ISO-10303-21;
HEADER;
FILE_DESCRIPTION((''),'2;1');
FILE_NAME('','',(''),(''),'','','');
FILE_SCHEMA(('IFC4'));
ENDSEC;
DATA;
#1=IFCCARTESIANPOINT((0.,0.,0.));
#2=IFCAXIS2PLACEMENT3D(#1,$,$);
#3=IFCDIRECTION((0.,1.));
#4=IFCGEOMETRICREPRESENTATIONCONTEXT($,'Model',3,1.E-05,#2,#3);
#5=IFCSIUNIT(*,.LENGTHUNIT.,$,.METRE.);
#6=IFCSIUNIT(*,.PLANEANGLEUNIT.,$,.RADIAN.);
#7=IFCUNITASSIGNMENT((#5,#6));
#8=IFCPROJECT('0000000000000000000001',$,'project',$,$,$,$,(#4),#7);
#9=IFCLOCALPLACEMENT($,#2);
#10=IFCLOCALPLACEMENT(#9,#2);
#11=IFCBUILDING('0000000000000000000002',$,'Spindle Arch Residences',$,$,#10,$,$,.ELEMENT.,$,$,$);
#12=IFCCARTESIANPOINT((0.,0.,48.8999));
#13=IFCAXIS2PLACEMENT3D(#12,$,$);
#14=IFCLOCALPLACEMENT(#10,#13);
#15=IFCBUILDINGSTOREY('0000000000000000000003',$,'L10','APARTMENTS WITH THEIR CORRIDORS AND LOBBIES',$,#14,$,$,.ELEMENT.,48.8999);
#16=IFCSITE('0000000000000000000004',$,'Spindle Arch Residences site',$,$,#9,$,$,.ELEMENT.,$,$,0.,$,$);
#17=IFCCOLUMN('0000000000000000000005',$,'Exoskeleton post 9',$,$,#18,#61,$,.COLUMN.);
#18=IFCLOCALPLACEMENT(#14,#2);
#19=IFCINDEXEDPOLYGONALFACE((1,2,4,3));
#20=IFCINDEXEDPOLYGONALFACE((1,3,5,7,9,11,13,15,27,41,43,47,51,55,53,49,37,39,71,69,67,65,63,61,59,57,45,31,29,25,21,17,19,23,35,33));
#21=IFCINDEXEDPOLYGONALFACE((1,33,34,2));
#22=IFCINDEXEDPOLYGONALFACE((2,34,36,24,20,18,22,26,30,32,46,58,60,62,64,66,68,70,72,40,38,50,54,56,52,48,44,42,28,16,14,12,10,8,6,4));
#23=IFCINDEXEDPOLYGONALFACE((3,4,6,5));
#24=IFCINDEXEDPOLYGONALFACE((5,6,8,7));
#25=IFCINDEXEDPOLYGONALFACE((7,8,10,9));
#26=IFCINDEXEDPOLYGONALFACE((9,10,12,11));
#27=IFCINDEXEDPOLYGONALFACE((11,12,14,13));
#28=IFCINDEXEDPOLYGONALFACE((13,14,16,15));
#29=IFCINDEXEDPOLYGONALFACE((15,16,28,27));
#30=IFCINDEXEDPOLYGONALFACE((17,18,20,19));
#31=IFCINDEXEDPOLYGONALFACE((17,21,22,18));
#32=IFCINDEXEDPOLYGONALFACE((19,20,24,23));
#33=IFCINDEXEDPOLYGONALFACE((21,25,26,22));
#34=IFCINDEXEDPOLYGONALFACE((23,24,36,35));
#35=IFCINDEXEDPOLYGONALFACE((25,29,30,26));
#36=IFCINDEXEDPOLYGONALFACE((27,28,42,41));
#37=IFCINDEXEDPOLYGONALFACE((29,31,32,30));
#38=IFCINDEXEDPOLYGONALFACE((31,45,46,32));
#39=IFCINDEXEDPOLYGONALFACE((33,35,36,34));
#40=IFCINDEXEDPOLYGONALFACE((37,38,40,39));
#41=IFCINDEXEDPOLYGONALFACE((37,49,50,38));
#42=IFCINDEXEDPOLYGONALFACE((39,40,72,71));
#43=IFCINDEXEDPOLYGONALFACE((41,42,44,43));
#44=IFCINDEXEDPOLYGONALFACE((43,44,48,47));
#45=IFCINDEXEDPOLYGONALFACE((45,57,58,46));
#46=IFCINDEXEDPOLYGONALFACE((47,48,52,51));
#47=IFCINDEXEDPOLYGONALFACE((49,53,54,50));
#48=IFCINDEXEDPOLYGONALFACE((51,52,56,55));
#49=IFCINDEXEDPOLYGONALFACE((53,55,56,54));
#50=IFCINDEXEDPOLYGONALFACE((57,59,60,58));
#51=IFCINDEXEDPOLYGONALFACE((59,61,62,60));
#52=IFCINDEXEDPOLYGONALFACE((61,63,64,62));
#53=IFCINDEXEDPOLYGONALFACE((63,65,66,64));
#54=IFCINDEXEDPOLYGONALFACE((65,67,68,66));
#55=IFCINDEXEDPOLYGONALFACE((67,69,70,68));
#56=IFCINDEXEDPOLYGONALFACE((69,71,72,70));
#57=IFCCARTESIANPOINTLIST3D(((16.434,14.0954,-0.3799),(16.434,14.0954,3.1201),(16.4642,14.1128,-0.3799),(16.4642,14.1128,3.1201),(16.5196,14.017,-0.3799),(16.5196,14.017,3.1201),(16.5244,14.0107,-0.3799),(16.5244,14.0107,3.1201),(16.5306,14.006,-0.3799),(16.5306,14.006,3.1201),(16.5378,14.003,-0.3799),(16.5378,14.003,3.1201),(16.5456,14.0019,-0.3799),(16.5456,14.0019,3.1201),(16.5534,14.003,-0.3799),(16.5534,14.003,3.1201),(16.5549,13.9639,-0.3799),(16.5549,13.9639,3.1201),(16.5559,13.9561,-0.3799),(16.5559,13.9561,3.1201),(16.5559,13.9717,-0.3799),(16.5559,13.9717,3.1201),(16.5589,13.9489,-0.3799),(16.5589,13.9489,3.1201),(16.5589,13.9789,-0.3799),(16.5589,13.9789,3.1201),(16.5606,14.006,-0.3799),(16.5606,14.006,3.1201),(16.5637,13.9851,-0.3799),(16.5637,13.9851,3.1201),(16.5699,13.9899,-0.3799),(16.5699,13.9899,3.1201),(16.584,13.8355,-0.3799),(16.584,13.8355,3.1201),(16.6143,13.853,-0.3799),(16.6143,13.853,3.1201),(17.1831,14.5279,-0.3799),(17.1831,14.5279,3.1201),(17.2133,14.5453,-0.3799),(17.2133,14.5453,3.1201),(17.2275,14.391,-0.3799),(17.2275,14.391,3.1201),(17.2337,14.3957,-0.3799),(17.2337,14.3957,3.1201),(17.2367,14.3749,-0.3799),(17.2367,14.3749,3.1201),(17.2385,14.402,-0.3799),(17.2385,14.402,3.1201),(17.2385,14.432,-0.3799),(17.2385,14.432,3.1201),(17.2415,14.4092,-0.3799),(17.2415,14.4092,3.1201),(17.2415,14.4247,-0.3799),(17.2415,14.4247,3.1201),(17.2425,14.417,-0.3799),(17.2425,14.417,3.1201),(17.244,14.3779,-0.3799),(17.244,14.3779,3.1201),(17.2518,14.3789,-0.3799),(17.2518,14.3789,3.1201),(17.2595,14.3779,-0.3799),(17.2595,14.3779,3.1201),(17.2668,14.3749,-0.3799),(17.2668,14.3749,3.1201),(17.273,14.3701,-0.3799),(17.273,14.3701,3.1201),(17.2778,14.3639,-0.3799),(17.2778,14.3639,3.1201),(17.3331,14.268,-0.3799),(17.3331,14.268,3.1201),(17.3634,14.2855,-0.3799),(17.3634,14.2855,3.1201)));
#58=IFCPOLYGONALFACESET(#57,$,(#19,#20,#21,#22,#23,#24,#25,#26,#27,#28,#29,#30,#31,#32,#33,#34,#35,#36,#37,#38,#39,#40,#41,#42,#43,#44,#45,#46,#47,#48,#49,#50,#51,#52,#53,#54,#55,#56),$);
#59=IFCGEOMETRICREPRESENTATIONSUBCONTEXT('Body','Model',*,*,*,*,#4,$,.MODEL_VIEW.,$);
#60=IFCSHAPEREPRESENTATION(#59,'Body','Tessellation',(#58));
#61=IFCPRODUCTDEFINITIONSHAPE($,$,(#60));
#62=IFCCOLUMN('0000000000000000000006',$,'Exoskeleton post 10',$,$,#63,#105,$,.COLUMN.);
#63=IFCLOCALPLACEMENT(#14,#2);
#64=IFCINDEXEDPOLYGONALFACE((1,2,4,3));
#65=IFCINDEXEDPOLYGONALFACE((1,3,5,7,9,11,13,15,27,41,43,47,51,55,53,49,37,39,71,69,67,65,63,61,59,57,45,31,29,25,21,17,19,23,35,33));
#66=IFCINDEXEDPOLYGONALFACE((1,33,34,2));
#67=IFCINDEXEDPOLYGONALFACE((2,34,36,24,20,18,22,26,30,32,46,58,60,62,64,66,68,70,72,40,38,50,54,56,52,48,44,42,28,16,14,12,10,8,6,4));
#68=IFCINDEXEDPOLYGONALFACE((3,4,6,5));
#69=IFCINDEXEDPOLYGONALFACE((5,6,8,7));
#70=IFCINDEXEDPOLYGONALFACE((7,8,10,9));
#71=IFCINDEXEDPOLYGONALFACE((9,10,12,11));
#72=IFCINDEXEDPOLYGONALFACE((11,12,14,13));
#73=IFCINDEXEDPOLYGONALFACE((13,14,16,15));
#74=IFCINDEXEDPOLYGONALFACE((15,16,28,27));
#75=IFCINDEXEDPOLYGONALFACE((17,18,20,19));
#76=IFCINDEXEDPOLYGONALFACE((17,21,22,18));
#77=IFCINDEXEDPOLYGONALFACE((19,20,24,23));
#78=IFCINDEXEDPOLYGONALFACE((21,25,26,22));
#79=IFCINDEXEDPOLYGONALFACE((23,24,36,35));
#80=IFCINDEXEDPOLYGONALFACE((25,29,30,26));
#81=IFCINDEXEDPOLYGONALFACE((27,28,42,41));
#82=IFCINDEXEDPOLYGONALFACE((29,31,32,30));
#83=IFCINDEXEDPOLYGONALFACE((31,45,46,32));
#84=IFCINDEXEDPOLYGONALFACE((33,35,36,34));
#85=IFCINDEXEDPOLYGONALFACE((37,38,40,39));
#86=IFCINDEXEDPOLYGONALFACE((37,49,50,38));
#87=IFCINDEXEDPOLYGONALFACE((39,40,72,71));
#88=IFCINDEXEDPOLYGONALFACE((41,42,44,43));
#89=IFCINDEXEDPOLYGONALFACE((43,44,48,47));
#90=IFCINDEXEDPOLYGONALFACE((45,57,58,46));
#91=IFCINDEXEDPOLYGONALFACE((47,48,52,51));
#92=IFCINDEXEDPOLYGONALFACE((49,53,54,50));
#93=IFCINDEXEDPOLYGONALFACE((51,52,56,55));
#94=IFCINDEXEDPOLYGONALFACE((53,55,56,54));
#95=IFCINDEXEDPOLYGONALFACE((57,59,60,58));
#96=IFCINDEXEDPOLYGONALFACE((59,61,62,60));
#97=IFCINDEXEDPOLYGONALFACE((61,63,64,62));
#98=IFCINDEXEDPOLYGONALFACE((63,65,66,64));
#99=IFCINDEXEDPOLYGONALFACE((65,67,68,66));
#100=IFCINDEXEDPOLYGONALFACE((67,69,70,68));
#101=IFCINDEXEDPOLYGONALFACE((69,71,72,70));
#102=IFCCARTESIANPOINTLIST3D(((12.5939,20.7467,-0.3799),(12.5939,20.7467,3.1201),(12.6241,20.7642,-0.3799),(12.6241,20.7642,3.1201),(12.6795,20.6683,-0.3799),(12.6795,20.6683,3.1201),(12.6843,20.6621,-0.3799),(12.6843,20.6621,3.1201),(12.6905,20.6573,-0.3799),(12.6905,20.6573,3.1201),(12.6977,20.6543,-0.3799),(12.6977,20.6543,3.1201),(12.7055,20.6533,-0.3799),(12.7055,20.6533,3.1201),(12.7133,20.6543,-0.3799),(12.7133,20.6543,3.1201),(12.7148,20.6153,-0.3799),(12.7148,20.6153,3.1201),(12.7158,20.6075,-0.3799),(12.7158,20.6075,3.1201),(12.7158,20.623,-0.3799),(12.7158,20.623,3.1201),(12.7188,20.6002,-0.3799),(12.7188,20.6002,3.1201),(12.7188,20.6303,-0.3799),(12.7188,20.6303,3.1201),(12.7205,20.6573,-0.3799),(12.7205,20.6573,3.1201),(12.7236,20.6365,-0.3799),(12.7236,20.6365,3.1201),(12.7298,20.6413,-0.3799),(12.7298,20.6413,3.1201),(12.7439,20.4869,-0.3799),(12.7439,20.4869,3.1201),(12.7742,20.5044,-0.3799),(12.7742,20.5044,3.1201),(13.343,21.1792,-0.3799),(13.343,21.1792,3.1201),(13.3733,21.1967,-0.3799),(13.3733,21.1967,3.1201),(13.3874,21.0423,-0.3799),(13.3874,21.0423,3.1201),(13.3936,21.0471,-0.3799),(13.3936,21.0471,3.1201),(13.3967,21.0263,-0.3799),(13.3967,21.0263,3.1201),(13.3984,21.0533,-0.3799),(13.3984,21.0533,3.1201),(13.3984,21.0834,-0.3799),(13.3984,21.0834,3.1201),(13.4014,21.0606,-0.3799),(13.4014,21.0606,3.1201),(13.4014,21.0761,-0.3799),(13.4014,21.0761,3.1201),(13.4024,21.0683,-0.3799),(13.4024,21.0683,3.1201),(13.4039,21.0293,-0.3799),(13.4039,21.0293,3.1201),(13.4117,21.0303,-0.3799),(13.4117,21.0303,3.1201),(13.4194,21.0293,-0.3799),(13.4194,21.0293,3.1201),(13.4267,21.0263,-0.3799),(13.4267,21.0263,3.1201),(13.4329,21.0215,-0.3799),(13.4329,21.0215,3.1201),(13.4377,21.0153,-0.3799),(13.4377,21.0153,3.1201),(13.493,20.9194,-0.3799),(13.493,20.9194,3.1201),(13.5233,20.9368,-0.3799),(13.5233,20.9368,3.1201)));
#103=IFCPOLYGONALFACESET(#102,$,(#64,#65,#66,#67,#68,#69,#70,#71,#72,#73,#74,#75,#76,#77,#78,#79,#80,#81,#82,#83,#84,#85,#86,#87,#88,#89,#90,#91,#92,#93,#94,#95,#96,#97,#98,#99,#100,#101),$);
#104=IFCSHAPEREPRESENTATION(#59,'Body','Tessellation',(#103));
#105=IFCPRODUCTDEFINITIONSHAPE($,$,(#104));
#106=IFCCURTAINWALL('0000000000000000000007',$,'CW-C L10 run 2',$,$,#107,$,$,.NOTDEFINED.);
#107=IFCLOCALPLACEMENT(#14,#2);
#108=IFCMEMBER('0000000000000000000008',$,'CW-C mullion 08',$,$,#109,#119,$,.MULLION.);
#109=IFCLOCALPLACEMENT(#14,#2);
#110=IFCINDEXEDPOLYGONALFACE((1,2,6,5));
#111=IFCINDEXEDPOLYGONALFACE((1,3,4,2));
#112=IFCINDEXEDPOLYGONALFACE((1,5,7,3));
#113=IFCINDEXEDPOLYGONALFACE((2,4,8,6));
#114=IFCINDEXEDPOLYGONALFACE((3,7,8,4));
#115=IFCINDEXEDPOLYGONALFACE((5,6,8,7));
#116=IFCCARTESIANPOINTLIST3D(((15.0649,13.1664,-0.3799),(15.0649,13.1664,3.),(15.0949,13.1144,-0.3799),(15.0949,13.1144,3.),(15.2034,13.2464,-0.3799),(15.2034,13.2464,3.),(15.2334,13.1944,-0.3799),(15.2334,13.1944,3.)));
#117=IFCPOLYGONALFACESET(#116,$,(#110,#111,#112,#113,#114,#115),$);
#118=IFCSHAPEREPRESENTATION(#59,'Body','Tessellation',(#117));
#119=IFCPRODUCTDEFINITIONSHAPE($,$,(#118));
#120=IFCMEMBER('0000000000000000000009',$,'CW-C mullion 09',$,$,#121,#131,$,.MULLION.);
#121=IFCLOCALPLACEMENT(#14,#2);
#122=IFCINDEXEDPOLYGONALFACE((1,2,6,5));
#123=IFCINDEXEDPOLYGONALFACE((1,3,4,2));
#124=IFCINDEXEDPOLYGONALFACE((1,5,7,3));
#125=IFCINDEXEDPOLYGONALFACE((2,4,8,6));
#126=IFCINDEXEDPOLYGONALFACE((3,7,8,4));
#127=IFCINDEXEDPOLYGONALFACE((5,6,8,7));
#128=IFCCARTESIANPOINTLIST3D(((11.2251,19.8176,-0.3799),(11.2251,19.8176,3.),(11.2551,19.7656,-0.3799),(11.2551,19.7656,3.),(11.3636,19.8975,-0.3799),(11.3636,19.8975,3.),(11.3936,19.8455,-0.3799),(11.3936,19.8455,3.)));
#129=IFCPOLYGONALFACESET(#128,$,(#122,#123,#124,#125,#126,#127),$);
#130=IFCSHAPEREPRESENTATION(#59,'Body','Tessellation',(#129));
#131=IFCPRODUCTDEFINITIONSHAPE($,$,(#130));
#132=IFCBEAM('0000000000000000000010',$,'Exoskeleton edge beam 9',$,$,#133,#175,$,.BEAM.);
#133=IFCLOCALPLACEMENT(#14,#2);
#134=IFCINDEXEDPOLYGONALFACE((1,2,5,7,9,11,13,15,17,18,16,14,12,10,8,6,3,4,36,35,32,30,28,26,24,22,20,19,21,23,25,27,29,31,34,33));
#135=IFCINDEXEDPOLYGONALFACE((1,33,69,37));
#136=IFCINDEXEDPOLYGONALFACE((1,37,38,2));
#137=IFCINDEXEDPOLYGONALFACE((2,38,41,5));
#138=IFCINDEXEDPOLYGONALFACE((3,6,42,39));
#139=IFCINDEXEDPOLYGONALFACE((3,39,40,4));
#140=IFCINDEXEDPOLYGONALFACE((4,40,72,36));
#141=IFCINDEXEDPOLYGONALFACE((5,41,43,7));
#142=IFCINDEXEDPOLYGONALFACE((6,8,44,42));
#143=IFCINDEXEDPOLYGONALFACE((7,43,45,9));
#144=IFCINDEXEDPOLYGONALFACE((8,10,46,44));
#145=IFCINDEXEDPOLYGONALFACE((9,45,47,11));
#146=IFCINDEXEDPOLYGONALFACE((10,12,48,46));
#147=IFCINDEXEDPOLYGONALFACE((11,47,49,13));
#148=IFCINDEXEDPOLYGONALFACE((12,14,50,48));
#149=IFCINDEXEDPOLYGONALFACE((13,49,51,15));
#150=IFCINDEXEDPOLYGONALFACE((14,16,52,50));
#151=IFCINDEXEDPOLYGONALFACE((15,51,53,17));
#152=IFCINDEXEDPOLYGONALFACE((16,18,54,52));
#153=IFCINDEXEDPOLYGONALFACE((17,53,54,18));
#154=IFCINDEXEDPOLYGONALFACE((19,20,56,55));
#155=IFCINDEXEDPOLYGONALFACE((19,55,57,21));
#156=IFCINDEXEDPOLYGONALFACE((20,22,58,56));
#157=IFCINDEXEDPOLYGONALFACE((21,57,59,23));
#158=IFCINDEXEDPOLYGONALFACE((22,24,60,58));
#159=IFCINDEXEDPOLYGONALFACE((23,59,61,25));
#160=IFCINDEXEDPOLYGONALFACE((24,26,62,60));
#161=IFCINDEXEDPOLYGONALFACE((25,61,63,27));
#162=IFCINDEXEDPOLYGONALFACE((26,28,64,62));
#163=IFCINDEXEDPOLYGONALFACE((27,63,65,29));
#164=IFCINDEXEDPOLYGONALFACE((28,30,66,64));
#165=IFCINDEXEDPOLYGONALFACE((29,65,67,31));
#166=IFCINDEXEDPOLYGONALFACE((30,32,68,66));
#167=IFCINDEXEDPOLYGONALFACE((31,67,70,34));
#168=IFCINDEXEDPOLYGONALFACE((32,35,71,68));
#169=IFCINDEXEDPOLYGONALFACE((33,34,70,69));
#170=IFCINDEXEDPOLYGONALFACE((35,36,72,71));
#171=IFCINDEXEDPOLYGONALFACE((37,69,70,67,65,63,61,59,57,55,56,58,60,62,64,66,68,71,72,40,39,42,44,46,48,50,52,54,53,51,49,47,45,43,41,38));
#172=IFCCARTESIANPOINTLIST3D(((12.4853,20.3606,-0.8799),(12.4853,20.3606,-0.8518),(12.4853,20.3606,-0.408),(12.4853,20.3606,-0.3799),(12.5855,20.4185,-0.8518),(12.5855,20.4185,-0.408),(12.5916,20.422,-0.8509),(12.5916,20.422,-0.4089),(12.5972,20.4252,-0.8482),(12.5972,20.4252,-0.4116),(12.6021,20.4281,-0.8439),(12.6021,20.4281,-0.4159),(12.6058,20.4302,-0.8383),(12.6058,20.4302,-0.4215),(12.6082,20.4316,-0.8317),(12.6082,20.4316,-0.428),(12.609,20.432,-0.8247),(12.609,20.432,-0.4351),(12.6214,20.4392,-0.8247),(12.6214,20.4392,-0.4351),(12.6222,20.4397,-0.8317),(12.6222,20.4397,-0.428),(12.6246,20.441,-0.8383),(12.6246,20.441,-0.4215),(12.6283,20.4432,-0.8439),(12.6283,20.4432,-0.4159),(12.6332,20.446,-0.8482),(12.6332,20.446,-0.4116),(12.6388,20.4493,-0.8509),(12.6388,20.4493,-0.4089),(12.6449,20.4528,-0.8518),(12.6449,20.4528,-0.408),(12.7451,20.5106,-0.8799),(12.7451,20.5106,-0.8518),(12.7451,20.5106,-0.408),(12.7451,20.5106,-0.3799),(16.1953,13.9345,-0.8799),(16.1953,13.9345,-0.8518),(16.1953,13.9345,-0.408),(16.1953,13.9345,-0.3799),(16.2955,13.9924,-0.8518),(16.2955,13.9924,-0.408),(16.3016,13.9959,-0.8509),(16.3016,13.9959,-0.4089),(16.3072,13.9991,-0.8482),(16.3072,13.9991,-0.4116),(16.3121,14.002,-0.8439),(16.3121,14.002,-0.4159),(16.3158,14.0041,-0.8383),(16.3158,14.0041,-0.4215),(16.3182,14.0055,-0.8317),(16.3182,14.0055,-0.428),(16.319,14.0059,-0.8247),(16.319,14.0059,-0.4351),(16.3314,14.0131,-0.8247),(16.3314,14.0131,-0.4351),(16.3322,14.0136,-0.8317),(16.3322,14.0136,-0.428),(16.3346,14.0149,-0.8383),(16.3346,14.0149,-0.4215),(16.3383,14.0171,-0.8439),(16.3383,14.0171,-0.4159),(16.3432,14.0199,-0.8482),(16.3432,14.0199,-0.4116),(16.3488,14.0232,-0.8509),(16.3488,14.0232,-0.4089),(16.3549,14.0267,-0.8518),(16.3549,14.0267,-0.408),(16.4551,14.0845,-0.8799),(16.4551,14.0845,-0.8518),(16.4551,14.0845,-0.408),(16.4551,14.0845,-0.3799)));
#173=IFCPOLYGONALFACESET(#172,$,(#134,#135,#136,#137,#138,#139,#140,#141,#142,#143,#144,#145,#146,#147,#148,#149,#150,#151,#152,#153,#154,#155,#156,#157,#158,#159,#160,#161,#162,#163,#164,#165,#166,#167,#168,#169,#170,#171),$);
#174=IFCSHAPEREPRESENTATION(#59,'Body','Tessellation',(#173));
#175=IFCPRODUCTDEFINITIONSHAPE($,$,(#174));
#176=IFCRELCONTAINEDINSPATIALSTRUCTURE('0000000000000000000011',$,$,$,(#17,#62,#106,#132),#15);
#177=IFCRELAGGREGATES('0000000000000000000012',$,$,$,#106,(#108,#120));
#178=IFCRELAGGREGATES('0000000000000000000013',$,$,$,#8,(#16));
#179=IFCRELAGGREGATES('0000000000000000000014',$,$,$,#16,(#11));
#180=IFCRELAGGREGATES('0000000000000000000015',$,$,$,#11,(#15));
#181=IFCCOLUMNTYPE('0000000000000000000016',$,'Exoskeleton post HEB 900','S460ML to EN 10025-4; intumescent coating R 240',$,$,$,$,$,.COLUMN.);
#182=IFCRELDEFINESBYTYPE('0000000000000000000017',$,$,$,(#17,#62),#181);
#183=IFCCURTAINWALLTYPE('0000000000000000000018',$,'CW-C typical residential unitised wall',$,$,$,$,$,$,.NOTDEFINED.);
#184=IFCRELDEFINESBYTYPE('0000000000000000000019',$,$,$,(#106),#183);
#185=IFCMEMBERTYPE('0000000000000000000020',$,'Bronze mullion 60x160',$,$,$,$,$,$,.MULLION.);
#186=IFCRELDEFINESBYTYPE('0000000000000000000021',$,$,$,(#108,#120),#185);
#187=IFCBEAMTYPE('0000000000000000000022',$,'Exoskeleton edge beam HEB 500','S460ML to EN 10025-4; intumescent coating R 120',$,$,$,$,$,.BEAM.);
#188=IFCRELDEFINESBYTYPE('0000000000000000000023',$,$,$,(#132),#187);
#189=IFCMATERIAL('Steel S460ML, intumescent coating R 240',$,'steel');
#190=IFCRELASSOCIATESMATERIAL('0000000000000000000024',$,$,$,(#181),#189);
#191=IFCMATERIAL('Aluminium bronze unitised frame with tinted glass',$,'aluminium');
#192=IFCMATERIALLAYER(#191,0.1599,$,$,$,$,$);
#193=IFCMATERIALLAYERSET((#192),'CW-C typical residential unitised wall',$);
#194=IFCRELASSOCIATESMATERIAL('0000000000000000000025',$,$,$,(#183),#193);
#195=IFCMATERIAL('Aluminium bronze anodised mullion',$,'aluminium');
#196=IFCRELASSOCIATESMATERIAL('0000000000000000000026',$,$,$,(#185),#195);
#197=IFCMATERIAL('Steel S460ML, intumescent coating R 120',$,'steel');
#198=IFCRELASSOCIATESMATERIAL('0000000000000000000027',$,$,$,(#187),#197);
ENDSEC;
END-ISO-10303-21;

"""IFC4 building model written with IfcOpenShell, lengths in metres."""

from ifc_helpers import new_model, si_unit, direction, frame, origin, origin_2d, place, context, subcontext, project, spatial, rectangle, i_section, extrude, material, layer, layer_set, material_profile, profile_set, type_object, element, aggregate, save


model = new_model("IFC4")

# Units and contexts
model_context = context("Model", 3, precision=1e-05, world=origin(), true_north=direction((0.0, 1.0)))
body_context = subcontext(model_context, "Body", "Model", "MODEL_VIEW")
ifc_project = project(units=[si_unit("LENGTHUNIT", "METRE"), si_unit("PLANEANGLEUNIT", "RADIAN")], contexts=[model_context])

# Site, building, storey
site_placement = place(None, origin())
site = spatial("IfcSite", under=ifc_project, at=site_placement, Name="Spindle Arch Residences site", CompositionType="ELEMENT", RefElevation=0.0)
building_placement = place(site_placement, origin())
building = spatial("IfcBuilding", under=site, at=building_placement, Name="Spindle Arch Residences", CompositionType="ELEMENT")
storey_placement = place(building_placement, frame((0.0, 0.0, 48.8999)))
storey = spatial("IfcBuildingStorey", under=building, at=storey_placement, Name="L10", Description="APARTMENTS WITH THEIR CORRIDORS AND LOBBIES", CompositionType="ELEMENT", Elevation=48.8999)

# Columns
ifc_material_1 = material(Name="Steel S460ML, intumescent coating R 240", Category="steel")
ifc_material_profile_1 = material_profile(ifc_material_1, i_section(OverallWidth=0.3, OverallDepth=0.8999, WebThickness=0.0186, FlangeThickness=0.0349, FilletRadius=0.03, at=origin_2d()), Name="HEB 900")
ifc_profile_set_1 = profile_set([ifc_material_profile_1], Name="Steel S460ML, intumescent coating R 240")
column_type = type_object("IfcColumnType", Name="Exoskeleton post HEB 900", Description="S460ML to EN 10025-4; intumescent coating R 240", PredefinedType="COLUMN", material=ifc_profile_set_1)
for number, where, z_axis, x_axis, name in (
    (1, (16.8987, 14.1904, -0.3799), (0.0, 0.0, 1.0), (0.5, -0.866025, 0.0), "Exoskeleton post 9"),
    (2, (13.0586, 20.8418, -0.3799), (0.0, 0.0, 1.0), (0.5, -0.866025, 0.0), "Exoskeleton post 10"),
):
    element("IfcColumn", number, at=place(storey_placement, frame(where, z_axis=z_axis, x_axis=x_axis)), inside=storey, type_object=column_type, Name=name, PredefinedType="COLUMN", context=body_context, shape_type="SweptSolid", body=[
        extrude(i_section(OverallWidth=0.3, OverallDepth=0.8999, WebThickness=0.0186, FlangeThickness=0.0349, FilletRadius=0.03, at=origin_2d()), origin(), (0.0, 0.0, 1.0), 3.5),
    ])

# Curtain wall, members
ifc_material_2 = material(Name="Aluminium bronze unitised frame with tinted glass", Category="aluminium")
ifc_layer_1 = layer(ifc_material_2, 0.1599)
ifc_layer_set_1 = layer_set([ifc_layer_1], Name="CW-C typical residential unitised wall")
curtain_wall_type = type_object("IfcCurtainWallType", Name="CW-C typical residential unitised wall", PredefinedType="NOTDEFINED", material=ifc_layer_set_1)
curtain_wall_placement = place(storey_placement, origin())
curtain_wall = element("IfcCurtainWall", 3, at=curtain_wall_placement, inside=storey, type_object=curtain_wall_type, Name="CW-C L10 run 2", PredefinedType="NOTDEFINED")
ifc_material_3 = material(Name="Aluminium bronze anodised mullion", Category="aluminium")
ifc_material_profile_2 = material_profile(ifc_material_3, rectangle(XDim=0.1599, YDim=0.0601, at=origin_2d()), Name="MU 60x160")
ifc_profile_set_2 = profile_set([ifc_material_profile_2], Name="Aluminium bronze anodised mullion")
member_type = type_object("IfcMemberType", Name="Bronze mullion 60x160", PredefinedType="MULLION", material=ifc_profile_set_2)
member_1_placement = place(storey_placement, frame((15.1492, 13.1804, -0.3799), z_axis=(0.0, 0.0, 1.0), x_axis=(-0.866025, -0.5, 0.0)))
member_1 = element("IfcMember", 4, at=member_1_placement, type_object=member_type, Name="CW-C mullion 08", PredefinedType="MULLION", context=body_context, shape_type="SweptSolid", body=[
    extrude(rectangle(XDim=0.1599, YDim=0.0601, at=origin_2d()), origin(), (0.0, 0.0, 1.0), 3.3799),
])
member_2_placement = place(storey_placement, frame((11.3093, 19.8315, -0.3799), z_axis=(0.0, 0.0, 1.0), x_axis=(-0.866025, -0.5, 0.0)))
member_2 = element("IfcMember", 5, at=member_2_placement, type_object=member_type, Name="CW-C mullion 09", PredefinedType="MULLION", context=body_context, shape_type="SweptSolid", body=[
    extrude(rectangle(XDim=0.1599, YDim=0.0601, at=origin_2d()), origin(), (0.0, 0.0, 1.0), 3.3799),
])

# Beam
ifc_material_4 = material(Name="Steel S460ML, intumescent coating R 120", Category="steel")
ifc_material_profile_3 = material_profile(ifc_material_4, i_section(OverallWidth=0.3, OverallDepth=0.5, WebThickness=0.0144, FlangeThickness=0.0281, FilletRadius=0.0271, at=origin_2d()), Name="HEB 500")
ifc_profile_set_3 = profile_set([ifc_material_profile_3], Name="Steel S460ML, intumescent coating R 120")
beam_type_1 = type_object("IfcBeamType", Name="Exoskeleton edge beam HEB 500", Description="S460ML to EN 10025-4; intumescent coating R 120", PredefinedType="BEAM", material=ifc_profile_set_3)
beam_1_placement = place(storey_placement, frame((16.3252, 14.0095, -0.6299), z_axis=(-0.499989, 0.866032, 0.0), x_axis=(-0.866032, -0.499989, 0.0)))
element("IfcBeam", 6, at=beam_1_placement, inside=storey, type_object=beam_type_1, Name="Exoskeleton edge beam 9", PredefinedType="BEAM", context=body_context, shape_type="SweptSolid", body=[
    extrude(i_section(OverallWidth=0.3, OverallDepth=0.5, WebThickness=0.0144, FlangeThickness=0.0281, FilletRadius=0.0271, at=origin_2d()), origin(), (0.0, 0.0, 1.0), 7.4202),
])

aggregate(curtain_wall, [member_1, member_2])

save(model, "model.ifc")
